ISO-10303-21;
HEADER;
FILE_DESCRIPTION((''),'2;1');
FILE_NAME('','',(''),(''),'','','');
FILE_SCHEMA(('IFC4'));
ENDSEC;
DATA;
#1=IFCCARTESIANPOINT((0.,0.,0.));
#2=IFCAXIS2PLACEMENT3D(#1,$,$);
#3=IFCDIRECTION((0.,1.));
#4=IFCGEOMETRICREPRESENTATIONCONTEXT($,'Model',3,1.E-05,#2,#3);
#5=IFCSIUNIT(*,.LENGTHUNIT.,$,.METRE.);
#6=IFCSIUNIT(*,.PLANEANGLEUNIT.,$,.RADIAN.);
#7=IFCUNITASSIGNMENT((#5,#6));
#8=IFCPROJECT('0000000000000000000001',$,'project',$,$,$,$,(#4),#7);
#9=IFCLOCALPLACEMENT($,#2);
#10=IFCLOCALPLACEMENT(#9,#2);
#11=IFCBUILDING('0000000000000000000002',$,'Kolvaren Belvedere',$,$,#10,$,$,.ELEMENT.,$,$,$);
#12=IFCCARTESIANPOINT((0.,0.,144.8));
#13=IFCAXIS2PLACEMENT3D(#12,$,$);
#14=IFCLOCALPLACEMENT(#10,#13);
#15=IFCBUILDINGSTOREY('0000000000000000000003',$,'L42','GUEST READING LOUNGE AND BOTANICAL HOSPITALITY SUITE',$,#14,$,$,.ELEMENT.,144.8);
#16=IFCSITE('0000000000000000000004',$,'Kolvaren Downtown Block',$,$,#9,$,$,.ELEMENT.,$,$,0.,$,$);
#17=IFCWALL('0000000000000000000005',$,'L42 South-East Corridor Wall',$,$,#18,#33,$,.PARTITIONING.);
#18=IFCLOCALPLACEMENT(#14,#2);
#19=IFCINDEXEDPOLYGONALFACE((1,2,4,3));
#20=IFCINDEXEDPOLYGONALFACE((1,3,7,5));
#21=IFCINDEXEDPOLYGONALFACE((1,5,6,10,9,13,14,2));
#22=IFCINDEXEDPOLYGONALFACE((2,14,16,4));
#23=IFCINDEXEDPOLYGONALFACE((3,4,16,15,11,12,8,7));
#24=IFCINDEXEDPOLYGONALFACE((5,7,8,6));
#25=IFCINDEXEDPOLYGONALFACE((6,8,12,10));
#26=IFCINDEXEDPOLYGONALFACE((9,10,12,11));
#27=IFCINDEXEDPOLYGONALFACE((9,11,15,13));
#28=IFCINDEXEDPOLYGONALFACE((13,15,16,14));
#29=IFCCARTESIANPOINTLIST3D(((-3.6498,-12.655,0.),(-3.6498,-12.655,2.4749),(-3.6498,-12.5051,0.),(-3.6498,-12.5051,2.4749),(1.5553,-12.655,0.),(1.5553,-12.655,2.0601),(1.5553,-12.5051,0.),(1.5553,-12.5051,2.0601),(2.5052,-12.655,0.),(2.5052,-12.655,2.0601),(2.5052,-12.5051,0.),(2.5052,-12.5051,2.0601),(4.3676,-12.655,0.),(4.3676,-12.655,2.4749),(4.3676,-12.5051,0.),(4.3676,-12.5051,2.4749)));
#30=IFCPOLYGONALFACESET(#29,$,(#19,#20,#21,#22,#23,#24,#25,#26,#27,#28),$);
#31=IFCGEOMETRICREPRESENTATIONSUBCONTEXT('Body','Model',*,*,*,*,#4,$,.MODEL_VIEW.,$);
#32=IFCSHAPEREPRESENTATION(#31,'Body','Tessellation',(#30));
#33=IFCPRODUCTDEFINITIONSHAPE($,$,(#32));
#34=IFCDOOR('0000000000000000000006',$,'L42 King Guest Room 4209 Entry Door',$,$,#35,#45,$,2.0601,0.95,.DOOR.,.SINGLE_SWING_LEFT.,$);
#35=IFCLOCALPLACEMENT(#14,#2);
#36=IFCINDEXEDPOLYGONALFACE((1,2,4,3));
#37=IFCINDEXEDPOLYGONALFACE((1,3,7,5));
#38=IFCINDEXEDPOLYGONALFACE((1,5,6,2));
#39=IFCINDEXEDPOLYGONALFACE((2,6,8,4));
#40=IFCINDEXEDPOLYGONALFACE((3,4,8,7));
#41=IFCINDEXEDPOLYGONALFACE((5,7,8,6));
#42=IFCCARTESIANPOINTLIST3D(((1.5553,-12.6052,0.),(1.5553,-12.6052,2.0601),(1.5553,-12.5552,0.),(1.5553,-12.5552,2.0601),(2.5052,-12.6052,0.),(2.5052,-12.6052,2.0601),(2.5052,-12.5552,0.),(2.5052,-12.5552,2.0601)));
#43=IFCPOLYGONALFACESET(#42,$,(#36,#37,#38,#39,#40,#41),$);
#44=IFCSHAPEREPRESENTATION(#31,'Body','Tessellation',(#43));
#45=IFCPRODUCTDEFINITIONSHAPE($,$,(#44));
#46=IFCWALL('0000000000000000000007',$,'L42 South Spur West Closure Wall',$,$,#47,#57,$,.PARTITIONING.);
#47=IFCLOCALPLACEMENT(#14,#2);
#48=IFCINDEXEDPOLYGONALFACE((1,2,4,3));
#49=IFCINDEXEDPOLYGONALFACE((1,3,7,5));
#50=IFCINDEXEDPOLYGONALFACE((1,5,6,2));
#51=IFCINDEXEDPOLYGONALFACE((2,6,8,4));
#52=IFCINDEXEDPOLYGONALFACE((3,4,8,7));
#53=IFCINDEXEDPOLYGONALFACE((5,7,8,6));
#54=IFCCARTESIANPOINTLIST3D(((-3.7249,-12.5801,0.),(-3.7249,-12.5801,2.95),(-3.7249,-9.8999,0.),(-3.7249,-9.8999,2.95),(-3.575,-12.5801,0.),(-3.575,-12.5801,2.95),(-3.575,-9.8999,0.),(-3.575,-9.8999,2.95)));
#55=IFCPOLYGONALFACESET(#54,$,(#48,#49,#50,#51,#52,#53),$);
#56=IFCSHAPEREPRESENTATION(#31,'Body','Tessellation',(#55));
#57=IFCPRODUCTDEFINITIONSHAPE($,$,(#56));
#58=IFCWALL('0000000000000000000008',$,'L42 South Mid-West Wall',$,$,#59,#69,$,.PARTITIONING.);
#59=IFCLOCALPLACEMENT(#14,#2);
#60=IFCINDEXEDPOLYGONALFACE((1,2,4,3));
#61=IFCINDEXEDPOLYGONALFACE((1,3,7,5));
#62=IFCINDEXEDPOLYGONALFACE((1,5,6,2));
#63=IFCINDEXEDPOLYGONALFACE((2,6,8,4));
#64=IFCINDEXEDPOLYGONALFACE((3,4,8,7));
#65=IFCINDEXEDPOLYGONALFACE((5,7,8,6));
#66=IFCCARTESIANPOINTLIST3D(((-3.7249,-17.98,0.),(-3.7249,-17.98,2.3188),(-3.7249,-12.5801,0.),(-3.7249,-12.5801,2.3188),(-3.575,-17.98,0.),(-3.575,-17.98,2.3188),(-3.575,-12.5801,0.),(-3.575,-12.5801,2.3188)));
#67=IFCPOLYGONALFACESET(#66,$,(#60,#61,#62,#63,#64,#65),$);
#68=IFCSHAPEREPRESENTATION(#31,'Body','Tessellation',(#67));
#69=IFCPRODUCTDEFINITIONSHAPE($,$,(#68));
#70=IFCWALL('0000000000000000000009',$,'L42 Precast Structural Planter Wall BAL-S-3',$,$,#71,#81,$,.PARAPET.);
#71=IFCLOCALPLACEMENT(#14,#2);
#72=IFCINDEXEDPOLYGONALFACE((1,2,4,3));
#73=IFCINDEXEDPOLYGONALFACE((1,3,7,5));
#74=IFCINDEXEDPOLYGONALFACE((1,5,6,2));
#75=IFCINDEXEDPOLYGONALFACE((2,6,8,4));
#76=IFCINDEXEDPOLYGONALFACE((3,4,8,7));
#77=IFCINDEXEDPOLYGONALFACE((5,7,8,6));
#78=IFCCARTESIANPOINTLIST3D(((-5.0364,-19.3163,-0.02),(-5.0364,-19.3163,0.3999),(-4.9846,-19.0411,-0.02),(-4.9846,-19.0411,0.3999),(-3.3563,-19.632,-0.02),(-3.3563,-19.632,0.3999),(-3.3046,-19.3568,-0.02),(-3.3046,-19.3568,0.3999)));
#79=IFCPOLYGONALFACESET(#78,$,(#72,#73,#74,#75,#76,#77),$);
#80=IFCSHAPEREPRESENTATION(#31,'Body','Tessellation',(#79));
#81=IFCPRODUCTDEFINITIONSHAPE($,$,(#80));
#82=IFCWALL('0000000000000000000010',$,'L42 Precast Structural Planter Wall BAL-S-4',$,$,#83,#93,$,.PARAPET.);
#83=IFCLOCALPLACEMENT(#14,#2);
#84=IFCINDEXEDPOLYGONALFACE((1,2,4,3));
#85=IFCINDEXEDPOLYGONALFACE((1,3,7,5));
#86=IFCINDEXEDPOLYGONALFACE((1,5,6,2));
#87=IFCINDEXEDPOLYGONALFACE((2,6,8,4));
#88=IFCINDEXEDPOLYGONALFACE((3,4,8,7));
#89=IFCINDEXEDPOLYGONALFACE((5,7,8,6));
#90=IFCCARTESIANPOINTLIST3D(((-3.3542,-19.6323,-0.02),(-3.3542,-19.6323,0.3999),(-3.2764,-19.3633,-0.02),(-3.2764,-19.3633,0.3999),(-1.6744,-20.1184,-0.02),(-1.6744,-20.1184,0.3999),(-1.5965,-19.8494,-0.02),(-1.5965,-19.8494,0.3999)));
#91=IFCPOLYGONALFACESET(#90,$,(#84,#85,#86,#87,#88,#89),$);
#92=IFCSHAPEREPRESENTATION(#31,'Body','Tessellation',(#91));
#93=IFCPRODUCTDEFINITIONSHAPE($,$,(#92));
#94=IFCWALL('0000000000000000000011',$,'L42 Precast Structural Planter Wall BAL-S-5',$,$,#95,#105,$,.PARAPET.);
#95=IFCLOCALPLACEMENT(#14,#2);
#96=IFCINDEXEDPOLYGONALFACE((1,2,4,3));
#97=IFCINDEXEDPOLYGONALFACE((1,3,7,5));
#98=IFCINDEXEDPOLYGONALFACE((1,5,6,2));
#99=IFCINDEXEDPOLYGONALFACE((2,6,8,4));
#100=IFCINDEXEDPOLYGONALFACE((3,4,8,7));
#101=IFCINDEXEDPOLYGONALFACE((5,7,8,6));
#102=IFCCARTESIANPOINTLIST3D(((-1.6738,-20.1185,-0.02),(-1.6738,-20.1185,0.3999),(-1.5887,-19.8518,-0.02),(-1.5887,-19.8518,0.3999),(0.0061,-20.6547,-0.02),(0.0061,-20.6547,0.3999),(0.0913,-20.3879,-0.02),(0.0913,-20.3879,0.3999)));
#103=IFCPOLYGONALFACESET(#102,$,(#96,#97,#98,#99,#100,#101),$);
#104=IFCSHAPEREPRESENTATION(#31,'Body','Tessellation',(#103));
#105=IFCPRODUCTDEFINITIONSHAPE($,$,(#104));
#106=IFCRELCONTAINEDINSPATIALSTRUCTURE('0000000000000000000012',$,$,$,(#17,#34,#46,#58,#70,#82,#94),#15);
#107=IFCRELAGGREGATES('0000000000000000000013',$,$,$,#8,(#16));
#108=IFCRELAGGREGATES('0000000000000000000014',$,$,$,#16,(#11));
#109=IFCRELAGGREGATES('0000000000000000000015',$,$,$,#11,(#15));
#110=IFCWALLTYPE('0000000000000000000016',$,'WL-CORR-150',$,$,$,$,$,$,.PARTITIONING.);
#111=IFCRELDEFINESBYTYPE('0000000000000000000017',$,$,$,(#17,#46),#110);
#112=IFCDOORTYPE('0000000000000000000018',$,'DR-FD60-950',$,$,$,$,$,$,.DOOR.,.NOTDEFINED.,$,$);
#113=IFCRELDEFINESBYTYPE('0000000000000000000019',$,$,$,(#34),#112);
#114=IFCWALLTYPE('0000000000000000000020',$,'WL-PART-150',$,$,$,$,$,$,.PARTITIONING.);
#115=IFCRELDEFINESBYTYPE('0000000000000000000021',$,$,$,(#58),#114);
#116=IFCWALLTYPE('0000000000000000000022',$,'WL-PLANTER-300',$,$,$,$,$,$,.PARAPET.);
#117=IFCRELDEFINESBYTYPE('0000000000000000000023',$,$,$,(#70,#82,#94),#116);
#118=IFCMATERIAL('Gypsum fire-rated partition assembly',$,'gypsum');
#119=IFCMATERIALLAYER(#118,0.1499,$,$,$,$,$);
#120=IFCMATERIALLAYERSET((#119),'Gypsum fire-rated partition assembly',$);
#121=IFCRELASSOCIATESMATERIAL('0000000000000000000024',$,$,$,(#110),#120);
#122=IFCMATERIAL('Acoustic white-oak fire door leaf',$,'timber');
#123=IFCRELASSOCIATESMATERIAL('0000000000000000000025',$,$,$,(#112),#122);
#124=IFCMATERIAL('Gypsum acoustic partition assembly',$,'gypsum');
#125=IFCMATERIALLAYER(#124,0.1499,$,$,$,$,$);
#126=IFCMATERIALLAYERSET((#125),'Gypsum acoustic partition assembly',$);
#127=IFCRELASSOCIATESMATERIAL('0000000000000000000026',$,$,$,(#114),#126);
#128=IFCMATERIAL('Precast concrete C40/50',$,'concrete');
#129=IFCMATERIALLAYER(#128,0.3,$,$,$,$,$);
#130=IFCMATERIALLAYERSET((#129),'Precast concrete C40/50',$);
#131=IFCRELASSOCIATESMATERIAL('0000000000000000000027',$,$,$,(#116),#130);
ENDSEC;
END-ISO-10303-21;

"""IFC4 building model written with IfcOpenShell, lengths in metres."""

from ifc_helpers import new_model, si_unit, direction, frame, frame_2d, origin, place, context, subcontext, project, spatial, rectangle, extrude, material, layer, layer_set, type_object, element, fill, save


model = new_model("IFC4")

# Units and contexts
model_context = context("Model", 3, precision=1e-05, world=origin(), true_north=direction((0.0, 1.0)))
body_context = subcontext(model_context, "Body", "Model", "MODEL_VIEW")
ifc_project = project(units=[si_unit("LENGTHUNIT", "METRE"), si_unit("PLANEANGLEUNIT", "RADIAN")], contexts=[model_context])

# Site, building, storey
site_placement = place(None, origin())
site = spatial("IfcSite", under=ifc_project, at=site_placement, Name="Kolvaren Downtown Block", CompositionType="ELEMENT", RefElevation=0.0)
building_placement = place(site_placement, origin())
building = spatial("IfcBuilding", under=site, at=building_placement, Name="Kolvaren Belvedere", CompositionType="ELEMENT")
storey_placement = place(building_placement, frame((0.0, 0.0, 144.8)))
storey = spatial("IfcBuildingStorey", under=building, at=storey_placement, Name="L42", Description="GUEST READING LOUNGE AND BOTANICAL HOSPITALITY SUITE", CompositionType="ELEMENT", Elevation=144.8)

# Wall, opening, door
ifc_material_1 = material(Name="Gypsum fire-rated partition assembly", Category="gypsum")
ifc_layer_1 = layer(ifc_material_1, 0.1499)
ifc_layer_set_1 = layer_set([ifc_layer_1], Name="Gypsum fire-rated partition assembly")
wall_type_1 = type_object("IfcWallType", Name="WL-CORR-150", PredefinedType="PARTITIONING", material=ifc_layer_set_1)
wall_1_placement = place(storey_placement, frame((-3.6499, -12.5801, 0.0), z_axis=(0.0, 0.0, 1.0), x_axis=(1.0, 0.0, 0.0)))
wall_1 = element("IfcWall", 1, at=wall_1_placement, inside=storey, type_object=wall_type_1, Name="L42 South-East Corridor Wall", PredefinedType="PARTITIONING", context=body_context, shape_type="SweptSolid", body=[
    extrude(rectangle(XDim=8.0173, YDim=0.1499, at=frame_2d((4.0088, 0.0))), origin(), (0.0, 0.0, 1.0), 2.4749),
])
opening_placement = place(wall_1_placement, frame((5.2051, 0.0, 0.0)))
opening = element("IfcOpeningElement", 2, at=opening_placement, cuts=wall_1, PredefinedType="OPENING", context=body_context, shape_type="SweptSolid", body=[
    extrude(rectangle(XDim=0.95, YDim=2.0601, at=frame_2d((0.4751, 1.03))), frame((0.0, 0.085, 0.0), z_axis=(0.0, -1.0, 0.0), x_axis=(1.0, 0.0, 0.0)), (0.0, 0.0, 1.0), 0.1699),
])
ifc_material_2 = material(Name="Acoustic white-oak fire door leaf", Category="timber")
door_type = type_object("IfcDoorType", Name="DR-FD60-950", OperationType="NOTDEFINED", PredefinedType="DOOR", material=ifc_material_2)
door_placement = place(opening_placement, origin())
door = element("IfcDoor", 3, at=door_placement, inside=storey, type_object=door_type, Name="L42 King Guest Room 4209 Entry Door", OperationType="SINGLE_SWING_LEFT", OverallHeight=2.0601, OverallWidth=0.95, PredefinedType="DOOR", context=body_context, shape_type="SweptSolid", body=[
    extrude(rectangle(XDim=0.95, YDim=2.0601, at=frame_2d((0.4751, 1.03))), frame((0.0, 0.0249, 0.0), z_axis=(0.0, -1.0, 0.0), x_axis=(1.0, 0.0, 0.0)), (0.0, 0.0, 1.0), 0.05),
])
fill(opening, door)

# Walls
wall_2_placement = place(storey_placement, frame((-3.6499, -12.5801, 0.0), z_axis=(0.0, 0.0, 1.0), x_axis=(0.0, 1.0, 0.0)))
element("IfcWall", 4, at=wall_2_placement, inside=storey, type_object=wall_type_1, Name="L42 South Spur West Closure Wall", PredefinedType="PARTITIONING", context=body_context, shape_type="SweptSolid", body=[
    extrude(rectangle(XDim=2.6802, YDim=0.1499, at=frame_2d((1.3401, 0.0))), origin(), (0.0, 0.0, 1.0), 2.95),
])
ifc_material_3 = material(Name="Gypsum acoustic partition assembly", Category="gypsum")
ifc_layer_2 = layer(ifc_material_3, 0.1499)
ifc_layer_set_2 = layer_set([ifc_layer_2], Name="Gypsum acoustic partition assembly")
wall_type_2 = type_object("IfcWallType", Name="WL-PART-150", PredefinedType="PARTITIONING", material=ifc_layer_set_2)
wall_3_placement = place(storey_placement, frame((-3.6499, -17.98, 0.0), z_axis=(0.0, 0.0, 1.0), x_axis=(0.0, 1.0, 0.0)))
element("IfcWall", 5, at=wall_3_placement, inside=storey, type_object=wall_type_2, Name="L42 South Mid-West Wall", PredefinedType="PARTITIONING", context=body_context, shape_type="SweptSolid", body=[
    extrude(rectangle(XDim=5.3999, YDim=0.1499, at=frame_2d((2.7, 0.0))), origin(), (0.0, 0.0, 1.0), 2.3188),
])
ifc_material_4 = material(Name="Precast concrete C40/50", Category="concrete")
ifc_layer_3 = layer(ifc_material_4, 0.3)
ifc_layer_set_3 = layer_set([ifc_layer_3], Name="Precast concrete C40/50")
wall_type_3 = type_object("IfcWallType", Name="WL-PLANTER-300", PredefinedType="PARAPET", material=ifc_layer_set_3)
wall_4_placement = place(storey_placement, frame((-5.0105, -19.1787, -0.02), z_axis=(0.0, 0.0, 1.0), x_axis=(0.982804, -0.184651, 0.0)))
element("IfcWall", 6, at=wall_4_placement, inside=storey, type_object=wall_type_3, Name="L42 Precast Structural Planter Wall BAL-S-3", PredefinedType="PARAPET", context=body_context, shape_type="SweptSolid", body=[
    extrude(rectangle(XDim=1.7095, YDim=0.28, at=frame_2d((0.8547, 0.0))), origin(), (0.0, 0.0, 1.0), 0.4199),
])
wall_5_placement = place(storey_placement, frame((-3.3154, -19.4978, -0.02), z_axis=(0.0, 0.0, 1.0), x_axis=(0.960597, -0.277946, 0.0)))
element("IfcWall", 7, at=wall_5_placement, inside=storey, type_object=wall_type_3, Name="L42 Precast Structural Planter Wall BAL-S-4", PredefinedType="PARAPET", context=body_context, shape_type="SweptSolid", body=[
    extrude(rectangle(XDim=1.7488, YDim=0.28, at=frame_2d((0.8745, 0.0))), origin(), (0.0, 0.0, 1.0), 0.4199),
])
wall_6_placement = place(storey_placement, frame((-1.6313, -19.9851, -0.02), z_axis=(0.0, 0.0, 1.0), x_axis=(0.952662, -0.304032, 0.0)))
element("IfcWall", 8, at=wall_6_placement, inside=storey, type_object=wall_type_3, Name="L42 Precast Structural Planter Wall BAL-S-5", PredefinedType="PARAPET", context=body_context, shape_type="SweptSolid", body=[
    extrude(rectangle(XDim=1.7634, YDim=0.28, at=frame_2d((0.8818, 0.0))), origin(), (0.0, 0.0, 1.0), 0.4199),
])

save(model, "model.ifc")
